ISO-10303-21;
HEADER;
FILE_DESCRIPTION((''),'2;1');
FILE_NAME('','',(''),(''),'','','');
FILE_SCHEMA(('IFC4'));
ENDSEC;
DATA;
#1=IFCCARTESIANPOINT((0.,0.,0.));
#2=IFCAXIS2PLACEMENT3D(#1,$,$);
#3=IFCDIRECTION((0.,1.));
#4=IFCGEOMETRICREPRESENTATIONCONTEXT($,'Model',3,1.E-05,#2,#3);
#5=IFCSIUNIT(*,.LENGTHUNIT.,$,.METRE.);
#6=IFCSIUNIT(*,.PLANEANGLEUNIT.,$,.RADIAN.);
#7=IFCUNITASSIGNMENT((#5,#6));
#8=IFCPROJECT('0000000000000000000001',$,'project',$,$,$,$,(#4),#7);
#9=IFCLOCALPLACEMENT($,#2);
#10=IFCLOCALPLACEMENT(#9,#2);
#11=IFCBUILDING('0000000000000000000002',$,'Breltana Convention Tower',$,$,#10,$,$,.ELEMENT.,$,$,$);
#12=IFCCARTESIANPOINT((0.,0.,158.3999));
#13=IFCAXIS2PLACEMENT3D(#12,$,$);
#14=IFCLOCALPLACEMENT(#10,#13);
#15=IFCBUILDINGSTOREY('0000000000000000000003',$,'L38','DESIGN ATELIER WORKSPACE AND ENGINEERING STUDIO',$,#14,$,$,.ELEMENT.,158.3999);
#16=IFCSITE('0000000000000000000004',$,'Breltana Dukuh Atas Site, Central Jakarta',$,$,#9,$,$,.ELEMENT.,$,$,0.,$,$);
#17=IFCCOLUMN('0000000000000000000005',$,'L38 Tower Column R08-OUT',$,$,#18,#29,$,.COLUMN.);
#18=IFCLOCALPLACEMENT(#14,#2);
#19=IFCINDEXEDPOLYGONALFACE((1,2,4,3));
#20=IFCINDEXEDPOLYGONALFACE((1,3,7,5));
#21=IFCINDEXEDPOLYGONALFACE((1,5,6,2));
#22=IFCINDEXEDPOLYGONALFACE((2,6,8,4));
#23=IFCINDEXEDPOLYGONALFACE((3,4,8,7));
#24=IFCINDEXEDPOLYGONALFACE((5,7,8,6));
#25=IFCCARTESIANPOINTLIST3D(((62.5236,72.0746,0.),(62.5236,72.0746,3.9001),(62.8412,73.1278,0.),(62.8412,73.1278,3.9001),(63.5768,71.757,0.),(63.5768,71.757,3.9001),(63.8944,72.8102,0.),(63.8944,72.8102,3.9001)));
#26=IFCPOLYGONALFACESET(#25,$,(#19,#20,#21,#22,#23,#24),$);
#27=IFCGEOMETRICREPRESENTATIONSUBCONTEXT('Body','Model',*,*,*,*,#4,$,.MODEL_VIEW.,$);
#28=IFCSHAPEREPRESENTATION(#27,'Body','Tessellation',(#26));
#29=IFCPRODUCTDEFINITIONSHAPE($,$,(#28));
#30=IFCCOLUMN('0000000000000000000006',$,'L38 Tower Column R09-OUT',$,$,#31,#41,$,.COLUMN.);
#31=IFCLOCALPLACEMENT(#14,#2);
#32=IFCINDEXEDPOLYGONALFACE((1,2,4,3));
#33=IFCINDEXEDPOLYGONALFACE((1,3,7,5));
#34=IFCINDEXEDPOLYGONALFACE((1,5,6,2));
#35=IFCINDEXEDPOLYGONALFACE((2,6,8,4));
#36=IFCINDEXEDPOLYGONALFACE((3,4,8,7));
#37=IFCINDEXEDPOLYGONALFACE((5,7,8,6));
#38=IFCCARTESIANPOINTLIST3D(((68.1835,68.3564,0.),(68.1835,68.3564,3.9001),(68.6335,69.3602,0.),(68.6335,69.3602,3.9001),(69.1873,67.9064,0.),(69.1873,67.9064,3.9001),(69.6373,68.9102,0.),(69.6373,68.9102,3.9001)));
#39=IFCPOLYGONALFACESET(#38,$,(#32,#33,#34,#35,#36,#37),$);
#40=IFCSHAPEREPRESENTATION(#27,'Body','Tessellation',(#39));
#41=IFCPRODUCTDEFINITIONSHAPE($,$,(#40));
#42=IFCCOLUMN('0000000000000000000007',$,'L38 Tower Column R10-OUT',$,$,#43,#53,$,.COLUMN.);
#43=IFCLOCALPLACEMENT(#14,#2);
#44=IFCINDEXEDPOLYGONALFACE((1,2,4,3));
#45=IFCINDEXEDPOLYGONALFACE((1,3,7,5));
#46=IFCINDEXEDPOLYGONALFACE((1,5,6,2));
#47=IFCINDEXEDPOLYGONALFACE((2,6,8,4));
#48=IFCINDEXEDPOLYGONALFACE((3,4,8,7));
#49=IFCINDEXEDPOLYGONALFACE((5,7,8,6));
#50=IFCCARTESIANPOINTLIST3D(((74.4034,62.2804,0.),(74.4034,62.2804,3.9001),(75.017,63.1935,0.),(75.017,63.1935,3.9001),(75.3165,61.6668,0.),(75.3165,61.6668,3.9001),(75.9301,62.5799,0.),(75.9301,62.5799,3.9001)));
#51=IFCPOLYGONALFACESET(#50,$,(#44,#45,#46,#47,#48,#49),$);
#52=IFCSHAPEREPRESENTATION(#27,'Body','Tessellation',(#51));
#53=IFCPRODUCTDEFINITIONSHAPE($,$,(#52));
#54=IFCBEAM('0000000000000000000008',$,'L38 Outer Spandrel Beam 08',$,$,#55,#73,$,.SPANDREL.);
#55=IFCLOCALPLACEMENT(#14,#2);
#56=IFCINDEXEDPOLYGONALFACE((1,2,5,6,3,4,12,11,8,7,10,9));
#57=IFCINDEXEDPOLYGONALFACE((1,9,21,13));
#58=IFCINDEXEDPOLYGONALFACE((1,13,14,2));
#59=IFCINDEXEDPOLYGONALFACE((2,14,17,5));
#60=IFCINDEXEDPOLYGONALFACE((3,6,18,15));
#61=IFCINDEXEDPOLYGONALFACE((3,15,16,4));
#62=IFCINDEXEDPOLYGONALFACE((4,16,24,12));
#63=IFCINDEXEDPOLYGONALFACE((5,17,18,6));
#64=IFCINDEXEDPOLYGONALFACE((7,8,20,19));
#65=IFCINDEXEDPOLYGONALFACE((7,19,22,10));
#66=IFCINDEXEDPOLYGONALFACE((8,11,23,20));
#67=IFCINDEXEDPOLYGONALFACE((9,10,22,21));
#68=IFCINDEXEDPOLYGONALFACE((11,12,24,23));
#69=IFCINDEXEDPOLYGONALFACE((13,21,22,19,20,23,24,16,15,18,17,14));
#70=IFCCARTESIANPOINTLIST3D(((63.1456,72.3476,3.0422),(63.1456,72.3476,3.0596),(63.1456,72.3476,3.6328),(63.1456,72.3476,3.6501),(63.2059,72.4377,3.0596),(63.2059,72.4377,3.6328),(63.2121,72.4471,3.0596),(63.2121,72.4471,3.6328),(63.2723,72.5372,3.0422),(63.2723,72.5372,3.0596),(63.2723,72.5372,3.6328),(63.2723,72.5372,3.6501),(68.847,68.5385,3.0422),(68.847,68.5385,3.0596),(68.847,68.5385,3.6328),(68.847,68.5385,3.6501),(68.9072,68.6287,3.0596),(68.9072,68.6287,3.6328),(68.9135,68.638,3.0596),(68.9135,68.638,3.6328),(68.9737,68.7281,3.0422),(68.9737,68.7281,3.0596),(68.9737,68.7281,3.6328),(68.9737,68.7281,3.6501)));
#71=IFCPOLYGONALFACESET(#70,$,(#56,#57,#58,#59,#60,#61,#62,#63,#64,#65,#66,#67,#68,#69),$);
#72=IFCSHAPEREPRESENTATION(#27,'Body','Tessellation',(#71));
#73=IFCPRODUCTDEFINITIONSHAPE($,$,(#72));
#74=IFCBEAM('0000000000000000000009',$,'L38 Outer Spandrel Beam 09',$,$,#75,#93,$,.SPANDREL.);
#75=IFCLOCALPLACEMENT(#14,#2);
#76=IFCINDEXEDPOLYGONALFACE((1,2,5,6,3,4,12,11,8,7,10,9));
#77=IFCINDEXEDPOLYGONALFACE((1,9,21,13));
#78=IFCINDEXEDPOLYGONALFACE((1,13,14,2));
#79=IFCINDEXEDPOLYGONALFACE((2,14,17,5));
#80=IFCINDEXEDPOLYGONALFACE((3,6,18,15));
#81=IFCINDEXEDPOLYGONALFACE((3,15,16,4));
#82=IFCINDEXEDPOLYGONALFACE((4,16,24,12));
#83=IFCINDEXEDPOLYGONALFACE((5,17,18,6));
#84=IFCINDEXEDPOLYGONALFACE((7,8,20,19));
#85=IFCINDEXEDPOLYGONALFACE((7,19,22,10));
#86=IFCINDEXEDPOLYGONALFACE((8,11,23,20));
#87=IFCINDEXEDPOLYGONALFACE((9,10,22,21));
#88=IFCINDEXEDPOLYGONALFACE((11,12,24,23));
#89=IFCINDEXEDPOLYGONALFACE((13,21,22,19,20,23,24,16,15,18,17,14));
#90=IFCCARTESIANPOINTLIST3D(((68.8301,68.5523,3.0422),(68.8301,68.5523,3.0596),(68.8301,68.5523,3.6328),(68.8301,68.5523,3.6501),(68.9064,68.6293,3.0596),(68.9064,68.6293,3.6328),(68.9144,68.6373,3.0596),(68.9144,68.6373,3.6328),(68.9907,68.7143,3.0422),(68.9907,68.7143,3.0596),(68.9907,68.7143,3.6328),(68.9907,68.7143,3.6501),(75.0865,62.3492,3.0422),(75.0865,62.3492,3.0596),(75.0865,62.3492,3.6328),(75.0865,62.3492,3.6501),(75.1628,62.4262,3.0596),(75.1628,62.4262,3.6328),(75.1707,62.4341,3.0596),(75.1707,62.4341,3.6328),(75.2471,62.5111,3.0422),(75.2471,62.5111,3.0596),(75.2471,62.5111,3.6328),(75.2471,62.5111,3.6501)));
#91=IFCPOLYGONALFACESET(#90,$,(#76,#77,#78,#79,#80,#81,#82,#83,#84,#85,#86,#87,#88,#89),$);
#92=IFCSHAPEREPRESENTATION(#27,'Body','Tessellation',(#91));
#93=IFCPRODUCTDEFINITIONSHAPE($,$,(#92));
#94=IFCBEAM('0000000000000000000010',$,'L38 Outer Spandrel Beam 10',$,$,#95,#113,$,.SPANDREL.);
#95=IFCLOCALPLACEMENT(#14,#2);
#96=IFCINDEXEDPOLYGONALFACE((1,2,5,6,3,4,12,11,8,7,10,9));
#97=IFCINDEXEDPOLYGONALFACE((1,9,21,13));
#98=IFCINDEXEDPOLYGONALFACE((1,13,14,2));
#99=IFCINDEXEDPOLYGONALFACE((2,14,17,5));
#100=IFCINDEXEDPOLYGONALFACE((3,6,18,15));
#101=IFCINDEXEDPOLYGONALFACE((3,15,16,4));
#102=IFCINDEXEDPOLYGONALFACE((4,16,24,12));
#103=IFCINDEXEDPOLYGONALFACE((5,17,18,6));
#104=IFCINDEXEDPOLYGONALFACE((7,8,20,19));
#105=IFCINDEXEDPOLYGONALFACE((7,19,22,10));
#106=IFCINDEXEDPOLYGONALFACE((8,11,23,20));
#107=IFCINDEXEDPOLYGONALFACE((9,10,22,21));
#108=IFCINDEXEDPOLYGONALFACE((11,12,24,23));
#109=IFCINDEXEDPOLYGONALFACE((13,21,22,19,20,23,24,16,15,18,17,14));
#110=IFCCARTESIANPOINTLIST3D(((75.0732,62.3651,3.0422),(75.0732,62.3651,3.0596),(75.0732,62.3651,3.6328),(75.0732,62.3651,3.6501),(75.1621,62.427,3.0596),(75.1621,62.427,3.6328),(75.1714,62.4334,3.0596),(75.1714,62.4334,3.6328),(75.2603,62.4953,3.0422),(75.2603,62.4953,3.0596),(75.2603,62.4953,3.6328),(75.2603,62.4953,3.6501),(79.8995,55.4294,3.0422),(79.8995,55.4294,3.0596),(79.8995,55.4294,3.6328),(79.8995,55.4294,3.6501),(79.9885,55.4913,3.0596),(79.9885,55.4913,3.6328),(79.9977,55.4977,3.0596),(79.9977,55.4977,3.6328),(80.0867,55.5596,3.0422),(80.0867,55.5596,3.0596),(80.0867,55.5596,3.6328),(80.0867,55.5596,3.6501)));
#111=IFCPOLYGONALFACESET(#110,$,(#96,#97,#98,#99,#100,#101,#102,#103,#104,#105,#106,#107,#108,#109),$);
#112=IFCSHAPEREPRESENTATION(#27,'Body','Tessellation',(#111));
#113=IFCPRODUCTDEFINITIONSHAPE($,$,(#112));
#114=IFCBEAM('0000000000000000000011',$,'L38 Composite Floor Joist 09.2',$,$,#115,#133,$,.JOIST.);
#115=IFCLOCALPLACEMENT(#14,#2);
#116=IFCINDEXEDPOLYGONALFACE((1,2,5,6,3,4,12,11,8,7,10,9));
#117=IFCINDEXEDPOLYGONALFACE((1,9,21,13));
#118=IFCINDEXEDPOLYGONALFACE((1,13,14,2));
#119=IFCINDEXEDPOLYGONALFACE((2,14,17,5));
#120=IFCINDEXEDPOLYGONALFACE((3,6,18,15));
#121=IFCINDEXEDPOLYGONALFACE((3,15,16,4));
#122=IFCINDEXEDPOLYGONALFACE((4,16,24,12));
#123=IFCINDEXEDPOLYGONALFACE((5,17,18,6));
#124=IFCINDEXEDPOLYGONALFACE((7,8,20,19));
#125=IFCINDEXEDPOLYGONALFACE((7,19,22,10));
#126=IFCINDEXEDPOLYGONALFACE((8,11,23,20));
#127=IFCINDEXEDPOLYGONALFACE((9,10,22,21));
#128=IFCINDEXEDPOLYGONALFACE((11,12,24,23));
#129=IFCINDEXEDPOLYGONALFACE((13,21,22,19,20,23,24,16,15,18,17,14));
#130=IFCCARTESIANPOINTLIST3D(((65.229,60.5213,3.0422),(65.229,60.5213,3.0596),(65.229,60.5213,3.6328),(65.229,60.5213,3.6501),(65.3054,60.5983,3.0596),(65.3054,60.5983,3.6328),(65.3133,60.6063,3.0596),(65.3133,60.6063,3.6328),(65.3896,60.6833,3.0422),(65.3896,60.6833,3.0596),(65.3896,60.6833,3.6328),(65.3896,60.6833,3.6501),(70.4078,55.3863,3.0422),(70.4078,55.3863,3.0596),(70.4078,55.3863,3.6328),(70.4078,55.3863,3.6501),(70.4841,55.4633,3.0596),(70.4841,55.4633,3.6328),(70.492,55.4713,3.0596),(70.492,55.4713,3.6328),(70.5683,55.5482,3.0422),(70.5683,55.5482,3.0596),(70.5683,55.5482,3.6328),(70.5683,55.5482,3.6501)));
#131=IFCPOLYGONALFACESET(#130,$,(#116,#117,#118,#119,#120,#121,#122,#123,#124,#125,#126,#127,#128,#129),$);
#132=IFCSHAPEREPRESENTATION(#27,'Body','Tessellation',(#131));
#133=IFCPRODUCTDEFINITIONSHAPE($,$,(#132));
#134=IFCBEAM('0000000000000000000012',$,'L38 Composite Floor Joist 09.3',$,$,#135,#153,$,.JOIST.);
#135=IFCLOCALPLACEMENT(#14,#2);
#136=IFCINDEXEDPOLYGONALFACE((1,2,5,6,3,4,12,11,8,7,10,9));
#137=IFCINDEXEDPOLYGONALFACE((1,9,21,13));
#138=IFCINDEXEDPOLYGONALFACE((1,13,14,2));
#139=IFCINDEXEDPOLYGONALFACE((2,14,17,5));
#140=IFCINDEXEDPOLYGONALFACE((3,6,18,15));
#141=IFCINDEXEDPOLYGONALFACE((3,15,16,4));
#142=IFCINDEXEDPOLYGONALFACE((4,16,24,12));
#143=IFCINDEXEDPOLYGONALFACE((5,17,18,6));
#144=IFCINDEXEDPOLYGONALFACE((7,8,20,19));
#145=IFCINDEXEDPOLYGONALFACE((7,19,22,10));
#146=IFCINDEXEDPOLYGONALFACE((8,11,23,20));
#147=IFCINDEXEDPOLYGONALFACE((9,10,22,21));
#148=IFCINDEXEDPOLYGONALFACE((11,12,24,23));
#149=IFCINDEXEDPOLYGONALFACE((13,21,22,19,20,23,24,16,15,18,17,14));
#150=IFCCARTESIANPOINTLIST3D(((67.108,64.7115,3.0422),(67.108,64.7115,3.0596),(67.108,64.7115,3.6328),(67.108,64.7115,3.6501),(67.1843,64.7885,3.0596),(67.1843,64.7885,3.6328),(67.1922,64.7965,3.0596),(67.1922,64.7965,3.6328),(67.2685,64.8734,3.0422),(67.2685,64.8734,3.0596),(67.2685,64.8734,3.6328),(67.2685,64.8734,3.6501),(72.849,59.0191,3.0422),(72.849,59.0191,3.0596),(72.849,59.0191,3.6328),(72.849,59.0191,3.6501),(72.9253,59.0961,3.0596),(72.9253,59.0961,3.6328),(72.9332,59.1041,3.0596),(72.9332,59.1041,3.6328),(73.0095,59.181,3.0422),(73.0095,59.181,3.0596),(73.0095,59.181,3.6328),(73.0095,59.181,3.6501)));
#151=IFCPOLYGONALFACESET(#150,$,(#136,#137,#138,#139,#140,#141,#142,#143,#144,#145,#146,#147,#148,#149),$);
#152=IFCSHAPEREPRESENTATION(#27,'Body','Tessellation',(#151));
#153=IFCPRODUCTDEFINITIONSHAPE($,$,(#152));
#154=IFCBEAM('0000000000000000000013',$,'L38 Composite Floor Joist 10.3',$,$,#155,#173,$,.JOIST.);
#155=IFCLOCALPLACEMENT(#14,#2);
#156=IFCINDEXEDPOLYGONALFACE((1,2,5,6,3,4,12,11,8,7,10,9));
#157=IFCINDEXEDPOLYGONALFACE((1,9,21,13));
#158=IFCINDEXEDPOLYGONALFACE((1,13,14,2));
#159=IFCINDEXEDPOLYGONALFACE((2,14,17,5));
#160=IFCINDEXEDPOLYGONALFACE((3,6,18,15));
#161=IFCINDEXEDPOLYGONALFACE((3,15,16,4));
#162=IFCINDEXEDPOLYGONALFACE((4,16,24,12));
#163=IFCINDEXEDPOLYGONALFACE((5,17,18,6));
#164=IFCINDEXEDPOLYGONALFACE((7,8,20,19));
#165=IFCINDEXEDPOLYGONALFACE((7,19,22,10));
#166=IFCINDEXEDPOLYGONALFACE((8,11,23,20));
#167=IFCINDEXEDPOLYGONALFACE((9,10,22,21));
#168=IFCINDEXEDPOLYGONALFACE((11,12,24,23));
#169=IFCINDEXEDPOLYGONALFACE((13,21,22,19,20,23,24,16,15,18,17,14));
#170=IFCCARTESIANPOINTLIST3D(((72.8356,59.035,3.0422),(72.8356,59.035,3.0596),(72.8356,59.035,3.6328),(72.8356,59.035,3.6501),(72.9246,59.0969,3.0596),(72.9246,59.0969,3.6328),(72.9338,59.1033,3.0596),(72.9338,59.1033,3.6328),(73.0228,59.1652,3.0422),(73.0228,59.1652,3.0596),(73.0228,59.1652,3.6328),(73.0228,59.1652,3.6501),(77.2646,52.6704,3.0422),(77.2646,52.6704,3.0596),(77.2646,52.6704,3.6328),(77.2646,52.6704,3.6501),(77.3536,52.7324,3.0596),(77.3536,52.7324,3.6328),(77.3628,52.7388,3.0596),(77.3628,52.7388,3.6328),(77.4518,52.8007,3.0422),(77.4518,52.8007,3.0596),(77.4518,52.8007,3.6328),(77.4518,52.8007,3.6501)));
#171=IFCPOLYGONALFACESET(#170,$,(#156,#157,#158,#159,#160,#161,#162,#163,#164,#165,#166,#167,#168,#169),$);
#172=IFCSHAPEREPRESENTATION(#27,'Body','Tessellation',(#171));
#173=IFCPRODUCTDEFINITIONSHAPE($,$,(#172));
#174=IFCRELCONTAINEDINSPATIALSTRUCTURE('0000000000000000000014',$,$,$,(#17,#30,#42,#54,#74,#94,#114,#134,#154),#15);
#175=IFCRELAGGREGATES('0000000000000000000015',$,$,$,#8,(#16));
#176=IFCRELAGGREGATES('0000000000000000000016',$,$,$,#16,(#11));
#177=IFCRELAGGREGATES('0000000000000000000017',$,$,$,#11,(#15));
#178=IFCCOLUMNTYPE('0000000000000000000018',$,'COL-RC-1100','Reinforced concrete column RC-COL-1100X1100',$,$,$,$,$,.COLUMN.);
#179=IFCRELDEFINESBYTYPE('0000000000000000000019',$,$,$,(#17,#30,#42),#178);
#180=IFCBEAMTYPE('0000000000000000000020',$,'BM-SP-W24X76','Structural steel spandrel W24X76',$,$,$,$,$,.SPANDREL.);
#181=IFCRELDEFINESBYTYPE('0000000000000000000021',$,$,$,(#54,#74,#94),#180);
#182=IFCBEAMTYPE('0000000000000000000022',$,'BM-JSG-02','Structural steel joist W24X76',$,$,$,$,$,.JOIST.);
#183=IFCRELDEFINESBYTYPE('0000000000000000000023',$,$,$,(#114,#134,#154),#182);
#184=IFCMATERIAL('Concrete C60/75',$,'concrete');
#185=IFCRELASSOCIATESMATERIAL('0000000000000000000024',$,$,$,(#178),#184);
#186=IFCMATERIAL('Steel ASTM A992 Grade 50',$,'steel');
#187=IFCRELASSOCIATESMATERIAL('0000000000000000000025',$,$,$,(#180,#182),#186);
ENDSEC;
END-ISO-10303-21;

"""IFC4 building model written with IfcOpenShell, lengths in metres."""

from ifc_helpers import new_model, si_unit, direction, frame, origin, origin_2d, place, context, subcontext, project, spatial, rectangle, i_section, extrude, source, transform, mapped, material, material_profile, profile_set, type_object, element, save


model = new_model("IFC4")

# Units and contexts
model_context = context("Model", 3, precision=1e-05, world=origin(), true_north=direction((0.0, 1.0)))
body_context = subcontext(model_context, "Body", "Model", "MODEL_VIEW")
ifc_project = project(units=[si_unit("LENGTHUNIT", "METRE"), si_unit("PLANEANGLEUNIT", "RADIAN")], contexts=[model_context])

# Site, building, storey
site_placement = place(None, origin())
site = spatial("IfcSite", under=ifc_project, at=site_placement, Name="Breltana Dukuh Atas Site, Central Jakarta", CompositionType="ELEMENT", RefElevation=0.0)
building_placement = place(site_placement, origin())
building = spatial("IfcBuilding", under=site, at=building_placement, Name="Breltana Convention Tower", CompositionType="ELEMENT")
storey_placement = place(building_placement, frame((0.0, 0.0, 158.3999)))
storey = spatial("IfcBuildingStorey", under=building, at=storey_placement, Name="L38", Description="DESIGN ATELIER WORKSPACE AND ENGINEERING STUDIO", CompositionType="ELEMENT", Elevation=158.3999)

# Columns
ifc_material_1 = material(Name="Concrete C60/75", Category="concrete")
ifc_material_profile_1 = material_profile(ifc_material_1, rectangle(XDim=1.1001, YDim=1.1001, at=origin_2d()), Name="RC-COL-1100X1100")
ifc_profile_set_1 = profile_set([ifc_material_profile_1], Name="Concrete C60/75")
column_type = type_object("IfcColumnType", Name="COL-RC-1100", Description="Reinforced concrete column RC-COL-1100X1100", PredefinedType="COLUMN", material=ifc_profile_set_1)
shared_shape_1 = source(origin(), body_context, "Body", "SweptSolid", [
    extrude(rectangle(XDim=1.1001, YDim=1.1001, at=origin_2d()), origin(), (0.0, 0.0, 1.0), 3.9001),
])
for number, where, z_axis, x_axis, name in (
    (1, (63.209, 72.4424, 0.0), (0.0, 0.0, 1.0), (0.288698, 0.95742, 0.0), "L38 Tower Column R08-OUT"),
    (2, (68.9104, 68.6333, 0.0), (0.0, 0.0, 1.0), (0.409127, 0.912477, 0.0), "L38 Tower Column R09-OUT"),
    (3, (75.1667, 62.4302, 0.0), (0.0, 0.0, 1.0), (0.557745, 0.830012, 0.0), "L38 Tower Column R10-OUT"),
):
    element("IfcColumn", number, at=place(storey_placement, frame(where, z_axis=z_axis, x_axis=x_axis)), inside=storey, type_object=column_type, Name=name, PredefinedType="COLUMN", context=body_context, shape_type="MappedRepresentation", body=[
        mapped(shared_shape_1, transform((0.0, 0.0, 0.0), scale=1.0)),
    ])

# Beams
ifc_material_2 = material(Name="Steel ASTM A992 Grade 50", Category="steel")
ifc_material_profile_2 = material_profile(ifc_material_2, i_section(OverallWidth=0.228, OverallDepth=0.6079, WebThickness=0.0112, FlangeThickness=0.0173, at=origin_2d()), Name="W24X76")
ifc_profile_set_2 = profile_set([ifc_material_profile_2], Name="Steel ASTM A992 Grade 50")
beam_type_1 = type_object("IfcBeamType", Name="BM-SP-W24X76", Description="Structural steel spandrel W24X76", PredefinedType="SPANDREL", material=ifc_profile_set_2)
shared_shape_2 = source(origin(), body_context, "Body", "SweptSolid", [
    extrude(i_section(OverallWidth=0.228, OverallDepth=0.6079, WebThickness=0.0112, FlangeThickness=0.0173, at=origin_2d()), origin(), (0.0, 0.0, 1.0), 6.8567),
])
beam_1_placement = place(storey_placement, frame((63.209, 72.4424, 3.3462), z_axis=(0.831502, -0.555522, 0.0), x_axis=(0.555522, 0.831502, 0.0)))
element("IfcBeam", 4, at=beam_1_placement, inside=storey, type_object=beam_type_1, Name="L38 Outer Spandrel Beam 08", PredefinedType="SPANDREL", context=body_context, shape_type="MappedRepresentation", body=[
    mapped(shared_shape_2, transform((0.0, 0.0, 0.0), scale=1.0)),
])
shared_shape_3 = source(origin(), body_context, "Body", "SweptSolid", [
    extrude(i_section(OverallWidth=0.228, OverallDepth=0.6079, WebThickness=0.0112, FlangeThickness=0.0173, at=origin_2d()), origin(), (0.0, 0.0, 1.0), 8.8103),
])
beam_2_placement = place(storey_placement, frame((68.9104, 68.6333, 3.3462), z_axis=(0.710121, -0.70408, 0.0), x_axis=(0.70408, 0.710121, 0.0)))
element("IfcBeam", 5, at=beam_2_placement, inside=storey, type_object=beam_type_1, Name="L38 Outer Spandrel Beam 09", PredefinedType="SPANDREL", context=body_context, shape_type="MappedRepresentation", body=[
    mapped(shared_shape_3, transform((0.0, 0.0, 0.0), scale=1.0)),
])
shared_shape_4 = source(origin(), body_context, "Body", "SweptSolid", [
    extrude(i_section(OverallWidth=0.228, OverallDepth=0.6079, WebThickness=0.0112, FlangeThickness=0.0173, at=origin_2d()), origin(), (0.0, 0.0, 1.0), 8.4497),
])
beam_3_placement = place(storey_placement, frame((75.1667, 62.4302, 3.3462), z_axis=(0.571186, -0.820821, 0.0), x_axis=(0.820821, 0.571186, 0.0)))
element("IfcBeam", 6, at=beam_3_placement, inside=storey, type_object=beam_type_1, Name="L38 Outer Spandrel Beam 10", PredefinedType="SPANDREL", context=body_context, shape_type="MappedRepresentation", body=[
    mapped(shared_shape_4, transform((0.0, 0.0, 0.0), scale=1.0)),
])
ifc_material_profile_3 = material_profile(ifc_material_2, i_section(OverallWidth=0.228, OverallDepth=0.6079, WebThickness=0.0112, FlangeThickness=0.0173, at=origin_2d()), Name="W24X76")
ifc_profile_set_3 = profile_set([ifc_material_profile_3], Name="Steel ASTM A992 Grade 50")
beam_type_2 = type_object("IfcBeamType", Name="BM-JSG-02", Description="Structural steel joist W24X76", PredefinedType="JOIST", material=ifc_profile_set_3)
shared_shape_5 = source(origin(), body_context, "Body", "SweptSolid", [
    extrude(i_section(OverallWidth=0.228, OverallDepth=0.6079, WebThickness=0.0112, FlangeThickness=0.0173, at=origin_2d()), origin(), (0.0, 0.0, 1.0), 7.293),
])
beam_4_placement = place(storey_placement, frame((65.3093, 60.6023, 3.3462), z_axis=(0.710097, -0.704104, 0.0), x_axis=(0.704104, 0.710097, 0.0)))
element("IfcBeam", 7, at=beam_4_placement, inside=storey, type_object=beam_type_2, Name="L38 Composite Floor Joist 09.2", PredefinedType="JOIST", context=body_context, shape_type="MappedRepresentation", body=[
    mapped(shared_shape_5, transform((0.0, 0.0, 0.0), scale=1.0)),
])
shared_shape_6 = source(origin(), body_context, "Body", "SweptSolid", [
    extrude(i_section(OverallWidth=0.228, OverallDepth=0.6079, WebThickness=0.0112, FlangeThickness=0.0173, at=origin_2d()), origin(), (0.0, 0.0, 1.0), 8.0847),
])
beam_5_placement = place(storey_placement, frame((67.1882, 64.7925, 3.3462), z_axis=(0.710105, -0.704096, 0.0), x_axis=(0.704096, 0.710105, 0.0)))
element("IfcBeam", 8, at=beam_5_placement, inside=storey, type_object=beam_type_2, Name="L38 Composite Floor Joist 09.3", PredefinedType="JOIST", context=body_context, shape_type="MappedRepresentation", body=[
    mapped(shared_shape_6, transform((0.0, 0.0, 0.0), scale=1.0)),
])
shared_shape_7 = source(origin(), body_context, "Body", "SweptSolid", [
    extrude(i_section(OverallWidth=0.228, OverallDepth=0.6079, WebThickness=0.0112, FlangeThickness=0.0173, at=origin_2d()), origin(), (0.0, 0.0, 1.0), 7.7539),
])
beam_6_placement = place(storey_placement, frame((72.9292, 59.1001, 3.3462), z_axis=(0.571193, -0.820816, 0.0), x_axis=(0.820816, 0.571193, 0.0)))
element("IfcBeam", 9, at=beam_6_placement, inside=storey, type_object=beam_type_2, Name="L38 Composite Floor Joist 10.3", PredefinedType="JOIST", context=body_context, shape_type="MappedRepresentation", body=[
    mapped(shared_shape_7, transform((0.0, 0.0, 0.0), scale=1.0)),
])

save(model, "model.ifc")
